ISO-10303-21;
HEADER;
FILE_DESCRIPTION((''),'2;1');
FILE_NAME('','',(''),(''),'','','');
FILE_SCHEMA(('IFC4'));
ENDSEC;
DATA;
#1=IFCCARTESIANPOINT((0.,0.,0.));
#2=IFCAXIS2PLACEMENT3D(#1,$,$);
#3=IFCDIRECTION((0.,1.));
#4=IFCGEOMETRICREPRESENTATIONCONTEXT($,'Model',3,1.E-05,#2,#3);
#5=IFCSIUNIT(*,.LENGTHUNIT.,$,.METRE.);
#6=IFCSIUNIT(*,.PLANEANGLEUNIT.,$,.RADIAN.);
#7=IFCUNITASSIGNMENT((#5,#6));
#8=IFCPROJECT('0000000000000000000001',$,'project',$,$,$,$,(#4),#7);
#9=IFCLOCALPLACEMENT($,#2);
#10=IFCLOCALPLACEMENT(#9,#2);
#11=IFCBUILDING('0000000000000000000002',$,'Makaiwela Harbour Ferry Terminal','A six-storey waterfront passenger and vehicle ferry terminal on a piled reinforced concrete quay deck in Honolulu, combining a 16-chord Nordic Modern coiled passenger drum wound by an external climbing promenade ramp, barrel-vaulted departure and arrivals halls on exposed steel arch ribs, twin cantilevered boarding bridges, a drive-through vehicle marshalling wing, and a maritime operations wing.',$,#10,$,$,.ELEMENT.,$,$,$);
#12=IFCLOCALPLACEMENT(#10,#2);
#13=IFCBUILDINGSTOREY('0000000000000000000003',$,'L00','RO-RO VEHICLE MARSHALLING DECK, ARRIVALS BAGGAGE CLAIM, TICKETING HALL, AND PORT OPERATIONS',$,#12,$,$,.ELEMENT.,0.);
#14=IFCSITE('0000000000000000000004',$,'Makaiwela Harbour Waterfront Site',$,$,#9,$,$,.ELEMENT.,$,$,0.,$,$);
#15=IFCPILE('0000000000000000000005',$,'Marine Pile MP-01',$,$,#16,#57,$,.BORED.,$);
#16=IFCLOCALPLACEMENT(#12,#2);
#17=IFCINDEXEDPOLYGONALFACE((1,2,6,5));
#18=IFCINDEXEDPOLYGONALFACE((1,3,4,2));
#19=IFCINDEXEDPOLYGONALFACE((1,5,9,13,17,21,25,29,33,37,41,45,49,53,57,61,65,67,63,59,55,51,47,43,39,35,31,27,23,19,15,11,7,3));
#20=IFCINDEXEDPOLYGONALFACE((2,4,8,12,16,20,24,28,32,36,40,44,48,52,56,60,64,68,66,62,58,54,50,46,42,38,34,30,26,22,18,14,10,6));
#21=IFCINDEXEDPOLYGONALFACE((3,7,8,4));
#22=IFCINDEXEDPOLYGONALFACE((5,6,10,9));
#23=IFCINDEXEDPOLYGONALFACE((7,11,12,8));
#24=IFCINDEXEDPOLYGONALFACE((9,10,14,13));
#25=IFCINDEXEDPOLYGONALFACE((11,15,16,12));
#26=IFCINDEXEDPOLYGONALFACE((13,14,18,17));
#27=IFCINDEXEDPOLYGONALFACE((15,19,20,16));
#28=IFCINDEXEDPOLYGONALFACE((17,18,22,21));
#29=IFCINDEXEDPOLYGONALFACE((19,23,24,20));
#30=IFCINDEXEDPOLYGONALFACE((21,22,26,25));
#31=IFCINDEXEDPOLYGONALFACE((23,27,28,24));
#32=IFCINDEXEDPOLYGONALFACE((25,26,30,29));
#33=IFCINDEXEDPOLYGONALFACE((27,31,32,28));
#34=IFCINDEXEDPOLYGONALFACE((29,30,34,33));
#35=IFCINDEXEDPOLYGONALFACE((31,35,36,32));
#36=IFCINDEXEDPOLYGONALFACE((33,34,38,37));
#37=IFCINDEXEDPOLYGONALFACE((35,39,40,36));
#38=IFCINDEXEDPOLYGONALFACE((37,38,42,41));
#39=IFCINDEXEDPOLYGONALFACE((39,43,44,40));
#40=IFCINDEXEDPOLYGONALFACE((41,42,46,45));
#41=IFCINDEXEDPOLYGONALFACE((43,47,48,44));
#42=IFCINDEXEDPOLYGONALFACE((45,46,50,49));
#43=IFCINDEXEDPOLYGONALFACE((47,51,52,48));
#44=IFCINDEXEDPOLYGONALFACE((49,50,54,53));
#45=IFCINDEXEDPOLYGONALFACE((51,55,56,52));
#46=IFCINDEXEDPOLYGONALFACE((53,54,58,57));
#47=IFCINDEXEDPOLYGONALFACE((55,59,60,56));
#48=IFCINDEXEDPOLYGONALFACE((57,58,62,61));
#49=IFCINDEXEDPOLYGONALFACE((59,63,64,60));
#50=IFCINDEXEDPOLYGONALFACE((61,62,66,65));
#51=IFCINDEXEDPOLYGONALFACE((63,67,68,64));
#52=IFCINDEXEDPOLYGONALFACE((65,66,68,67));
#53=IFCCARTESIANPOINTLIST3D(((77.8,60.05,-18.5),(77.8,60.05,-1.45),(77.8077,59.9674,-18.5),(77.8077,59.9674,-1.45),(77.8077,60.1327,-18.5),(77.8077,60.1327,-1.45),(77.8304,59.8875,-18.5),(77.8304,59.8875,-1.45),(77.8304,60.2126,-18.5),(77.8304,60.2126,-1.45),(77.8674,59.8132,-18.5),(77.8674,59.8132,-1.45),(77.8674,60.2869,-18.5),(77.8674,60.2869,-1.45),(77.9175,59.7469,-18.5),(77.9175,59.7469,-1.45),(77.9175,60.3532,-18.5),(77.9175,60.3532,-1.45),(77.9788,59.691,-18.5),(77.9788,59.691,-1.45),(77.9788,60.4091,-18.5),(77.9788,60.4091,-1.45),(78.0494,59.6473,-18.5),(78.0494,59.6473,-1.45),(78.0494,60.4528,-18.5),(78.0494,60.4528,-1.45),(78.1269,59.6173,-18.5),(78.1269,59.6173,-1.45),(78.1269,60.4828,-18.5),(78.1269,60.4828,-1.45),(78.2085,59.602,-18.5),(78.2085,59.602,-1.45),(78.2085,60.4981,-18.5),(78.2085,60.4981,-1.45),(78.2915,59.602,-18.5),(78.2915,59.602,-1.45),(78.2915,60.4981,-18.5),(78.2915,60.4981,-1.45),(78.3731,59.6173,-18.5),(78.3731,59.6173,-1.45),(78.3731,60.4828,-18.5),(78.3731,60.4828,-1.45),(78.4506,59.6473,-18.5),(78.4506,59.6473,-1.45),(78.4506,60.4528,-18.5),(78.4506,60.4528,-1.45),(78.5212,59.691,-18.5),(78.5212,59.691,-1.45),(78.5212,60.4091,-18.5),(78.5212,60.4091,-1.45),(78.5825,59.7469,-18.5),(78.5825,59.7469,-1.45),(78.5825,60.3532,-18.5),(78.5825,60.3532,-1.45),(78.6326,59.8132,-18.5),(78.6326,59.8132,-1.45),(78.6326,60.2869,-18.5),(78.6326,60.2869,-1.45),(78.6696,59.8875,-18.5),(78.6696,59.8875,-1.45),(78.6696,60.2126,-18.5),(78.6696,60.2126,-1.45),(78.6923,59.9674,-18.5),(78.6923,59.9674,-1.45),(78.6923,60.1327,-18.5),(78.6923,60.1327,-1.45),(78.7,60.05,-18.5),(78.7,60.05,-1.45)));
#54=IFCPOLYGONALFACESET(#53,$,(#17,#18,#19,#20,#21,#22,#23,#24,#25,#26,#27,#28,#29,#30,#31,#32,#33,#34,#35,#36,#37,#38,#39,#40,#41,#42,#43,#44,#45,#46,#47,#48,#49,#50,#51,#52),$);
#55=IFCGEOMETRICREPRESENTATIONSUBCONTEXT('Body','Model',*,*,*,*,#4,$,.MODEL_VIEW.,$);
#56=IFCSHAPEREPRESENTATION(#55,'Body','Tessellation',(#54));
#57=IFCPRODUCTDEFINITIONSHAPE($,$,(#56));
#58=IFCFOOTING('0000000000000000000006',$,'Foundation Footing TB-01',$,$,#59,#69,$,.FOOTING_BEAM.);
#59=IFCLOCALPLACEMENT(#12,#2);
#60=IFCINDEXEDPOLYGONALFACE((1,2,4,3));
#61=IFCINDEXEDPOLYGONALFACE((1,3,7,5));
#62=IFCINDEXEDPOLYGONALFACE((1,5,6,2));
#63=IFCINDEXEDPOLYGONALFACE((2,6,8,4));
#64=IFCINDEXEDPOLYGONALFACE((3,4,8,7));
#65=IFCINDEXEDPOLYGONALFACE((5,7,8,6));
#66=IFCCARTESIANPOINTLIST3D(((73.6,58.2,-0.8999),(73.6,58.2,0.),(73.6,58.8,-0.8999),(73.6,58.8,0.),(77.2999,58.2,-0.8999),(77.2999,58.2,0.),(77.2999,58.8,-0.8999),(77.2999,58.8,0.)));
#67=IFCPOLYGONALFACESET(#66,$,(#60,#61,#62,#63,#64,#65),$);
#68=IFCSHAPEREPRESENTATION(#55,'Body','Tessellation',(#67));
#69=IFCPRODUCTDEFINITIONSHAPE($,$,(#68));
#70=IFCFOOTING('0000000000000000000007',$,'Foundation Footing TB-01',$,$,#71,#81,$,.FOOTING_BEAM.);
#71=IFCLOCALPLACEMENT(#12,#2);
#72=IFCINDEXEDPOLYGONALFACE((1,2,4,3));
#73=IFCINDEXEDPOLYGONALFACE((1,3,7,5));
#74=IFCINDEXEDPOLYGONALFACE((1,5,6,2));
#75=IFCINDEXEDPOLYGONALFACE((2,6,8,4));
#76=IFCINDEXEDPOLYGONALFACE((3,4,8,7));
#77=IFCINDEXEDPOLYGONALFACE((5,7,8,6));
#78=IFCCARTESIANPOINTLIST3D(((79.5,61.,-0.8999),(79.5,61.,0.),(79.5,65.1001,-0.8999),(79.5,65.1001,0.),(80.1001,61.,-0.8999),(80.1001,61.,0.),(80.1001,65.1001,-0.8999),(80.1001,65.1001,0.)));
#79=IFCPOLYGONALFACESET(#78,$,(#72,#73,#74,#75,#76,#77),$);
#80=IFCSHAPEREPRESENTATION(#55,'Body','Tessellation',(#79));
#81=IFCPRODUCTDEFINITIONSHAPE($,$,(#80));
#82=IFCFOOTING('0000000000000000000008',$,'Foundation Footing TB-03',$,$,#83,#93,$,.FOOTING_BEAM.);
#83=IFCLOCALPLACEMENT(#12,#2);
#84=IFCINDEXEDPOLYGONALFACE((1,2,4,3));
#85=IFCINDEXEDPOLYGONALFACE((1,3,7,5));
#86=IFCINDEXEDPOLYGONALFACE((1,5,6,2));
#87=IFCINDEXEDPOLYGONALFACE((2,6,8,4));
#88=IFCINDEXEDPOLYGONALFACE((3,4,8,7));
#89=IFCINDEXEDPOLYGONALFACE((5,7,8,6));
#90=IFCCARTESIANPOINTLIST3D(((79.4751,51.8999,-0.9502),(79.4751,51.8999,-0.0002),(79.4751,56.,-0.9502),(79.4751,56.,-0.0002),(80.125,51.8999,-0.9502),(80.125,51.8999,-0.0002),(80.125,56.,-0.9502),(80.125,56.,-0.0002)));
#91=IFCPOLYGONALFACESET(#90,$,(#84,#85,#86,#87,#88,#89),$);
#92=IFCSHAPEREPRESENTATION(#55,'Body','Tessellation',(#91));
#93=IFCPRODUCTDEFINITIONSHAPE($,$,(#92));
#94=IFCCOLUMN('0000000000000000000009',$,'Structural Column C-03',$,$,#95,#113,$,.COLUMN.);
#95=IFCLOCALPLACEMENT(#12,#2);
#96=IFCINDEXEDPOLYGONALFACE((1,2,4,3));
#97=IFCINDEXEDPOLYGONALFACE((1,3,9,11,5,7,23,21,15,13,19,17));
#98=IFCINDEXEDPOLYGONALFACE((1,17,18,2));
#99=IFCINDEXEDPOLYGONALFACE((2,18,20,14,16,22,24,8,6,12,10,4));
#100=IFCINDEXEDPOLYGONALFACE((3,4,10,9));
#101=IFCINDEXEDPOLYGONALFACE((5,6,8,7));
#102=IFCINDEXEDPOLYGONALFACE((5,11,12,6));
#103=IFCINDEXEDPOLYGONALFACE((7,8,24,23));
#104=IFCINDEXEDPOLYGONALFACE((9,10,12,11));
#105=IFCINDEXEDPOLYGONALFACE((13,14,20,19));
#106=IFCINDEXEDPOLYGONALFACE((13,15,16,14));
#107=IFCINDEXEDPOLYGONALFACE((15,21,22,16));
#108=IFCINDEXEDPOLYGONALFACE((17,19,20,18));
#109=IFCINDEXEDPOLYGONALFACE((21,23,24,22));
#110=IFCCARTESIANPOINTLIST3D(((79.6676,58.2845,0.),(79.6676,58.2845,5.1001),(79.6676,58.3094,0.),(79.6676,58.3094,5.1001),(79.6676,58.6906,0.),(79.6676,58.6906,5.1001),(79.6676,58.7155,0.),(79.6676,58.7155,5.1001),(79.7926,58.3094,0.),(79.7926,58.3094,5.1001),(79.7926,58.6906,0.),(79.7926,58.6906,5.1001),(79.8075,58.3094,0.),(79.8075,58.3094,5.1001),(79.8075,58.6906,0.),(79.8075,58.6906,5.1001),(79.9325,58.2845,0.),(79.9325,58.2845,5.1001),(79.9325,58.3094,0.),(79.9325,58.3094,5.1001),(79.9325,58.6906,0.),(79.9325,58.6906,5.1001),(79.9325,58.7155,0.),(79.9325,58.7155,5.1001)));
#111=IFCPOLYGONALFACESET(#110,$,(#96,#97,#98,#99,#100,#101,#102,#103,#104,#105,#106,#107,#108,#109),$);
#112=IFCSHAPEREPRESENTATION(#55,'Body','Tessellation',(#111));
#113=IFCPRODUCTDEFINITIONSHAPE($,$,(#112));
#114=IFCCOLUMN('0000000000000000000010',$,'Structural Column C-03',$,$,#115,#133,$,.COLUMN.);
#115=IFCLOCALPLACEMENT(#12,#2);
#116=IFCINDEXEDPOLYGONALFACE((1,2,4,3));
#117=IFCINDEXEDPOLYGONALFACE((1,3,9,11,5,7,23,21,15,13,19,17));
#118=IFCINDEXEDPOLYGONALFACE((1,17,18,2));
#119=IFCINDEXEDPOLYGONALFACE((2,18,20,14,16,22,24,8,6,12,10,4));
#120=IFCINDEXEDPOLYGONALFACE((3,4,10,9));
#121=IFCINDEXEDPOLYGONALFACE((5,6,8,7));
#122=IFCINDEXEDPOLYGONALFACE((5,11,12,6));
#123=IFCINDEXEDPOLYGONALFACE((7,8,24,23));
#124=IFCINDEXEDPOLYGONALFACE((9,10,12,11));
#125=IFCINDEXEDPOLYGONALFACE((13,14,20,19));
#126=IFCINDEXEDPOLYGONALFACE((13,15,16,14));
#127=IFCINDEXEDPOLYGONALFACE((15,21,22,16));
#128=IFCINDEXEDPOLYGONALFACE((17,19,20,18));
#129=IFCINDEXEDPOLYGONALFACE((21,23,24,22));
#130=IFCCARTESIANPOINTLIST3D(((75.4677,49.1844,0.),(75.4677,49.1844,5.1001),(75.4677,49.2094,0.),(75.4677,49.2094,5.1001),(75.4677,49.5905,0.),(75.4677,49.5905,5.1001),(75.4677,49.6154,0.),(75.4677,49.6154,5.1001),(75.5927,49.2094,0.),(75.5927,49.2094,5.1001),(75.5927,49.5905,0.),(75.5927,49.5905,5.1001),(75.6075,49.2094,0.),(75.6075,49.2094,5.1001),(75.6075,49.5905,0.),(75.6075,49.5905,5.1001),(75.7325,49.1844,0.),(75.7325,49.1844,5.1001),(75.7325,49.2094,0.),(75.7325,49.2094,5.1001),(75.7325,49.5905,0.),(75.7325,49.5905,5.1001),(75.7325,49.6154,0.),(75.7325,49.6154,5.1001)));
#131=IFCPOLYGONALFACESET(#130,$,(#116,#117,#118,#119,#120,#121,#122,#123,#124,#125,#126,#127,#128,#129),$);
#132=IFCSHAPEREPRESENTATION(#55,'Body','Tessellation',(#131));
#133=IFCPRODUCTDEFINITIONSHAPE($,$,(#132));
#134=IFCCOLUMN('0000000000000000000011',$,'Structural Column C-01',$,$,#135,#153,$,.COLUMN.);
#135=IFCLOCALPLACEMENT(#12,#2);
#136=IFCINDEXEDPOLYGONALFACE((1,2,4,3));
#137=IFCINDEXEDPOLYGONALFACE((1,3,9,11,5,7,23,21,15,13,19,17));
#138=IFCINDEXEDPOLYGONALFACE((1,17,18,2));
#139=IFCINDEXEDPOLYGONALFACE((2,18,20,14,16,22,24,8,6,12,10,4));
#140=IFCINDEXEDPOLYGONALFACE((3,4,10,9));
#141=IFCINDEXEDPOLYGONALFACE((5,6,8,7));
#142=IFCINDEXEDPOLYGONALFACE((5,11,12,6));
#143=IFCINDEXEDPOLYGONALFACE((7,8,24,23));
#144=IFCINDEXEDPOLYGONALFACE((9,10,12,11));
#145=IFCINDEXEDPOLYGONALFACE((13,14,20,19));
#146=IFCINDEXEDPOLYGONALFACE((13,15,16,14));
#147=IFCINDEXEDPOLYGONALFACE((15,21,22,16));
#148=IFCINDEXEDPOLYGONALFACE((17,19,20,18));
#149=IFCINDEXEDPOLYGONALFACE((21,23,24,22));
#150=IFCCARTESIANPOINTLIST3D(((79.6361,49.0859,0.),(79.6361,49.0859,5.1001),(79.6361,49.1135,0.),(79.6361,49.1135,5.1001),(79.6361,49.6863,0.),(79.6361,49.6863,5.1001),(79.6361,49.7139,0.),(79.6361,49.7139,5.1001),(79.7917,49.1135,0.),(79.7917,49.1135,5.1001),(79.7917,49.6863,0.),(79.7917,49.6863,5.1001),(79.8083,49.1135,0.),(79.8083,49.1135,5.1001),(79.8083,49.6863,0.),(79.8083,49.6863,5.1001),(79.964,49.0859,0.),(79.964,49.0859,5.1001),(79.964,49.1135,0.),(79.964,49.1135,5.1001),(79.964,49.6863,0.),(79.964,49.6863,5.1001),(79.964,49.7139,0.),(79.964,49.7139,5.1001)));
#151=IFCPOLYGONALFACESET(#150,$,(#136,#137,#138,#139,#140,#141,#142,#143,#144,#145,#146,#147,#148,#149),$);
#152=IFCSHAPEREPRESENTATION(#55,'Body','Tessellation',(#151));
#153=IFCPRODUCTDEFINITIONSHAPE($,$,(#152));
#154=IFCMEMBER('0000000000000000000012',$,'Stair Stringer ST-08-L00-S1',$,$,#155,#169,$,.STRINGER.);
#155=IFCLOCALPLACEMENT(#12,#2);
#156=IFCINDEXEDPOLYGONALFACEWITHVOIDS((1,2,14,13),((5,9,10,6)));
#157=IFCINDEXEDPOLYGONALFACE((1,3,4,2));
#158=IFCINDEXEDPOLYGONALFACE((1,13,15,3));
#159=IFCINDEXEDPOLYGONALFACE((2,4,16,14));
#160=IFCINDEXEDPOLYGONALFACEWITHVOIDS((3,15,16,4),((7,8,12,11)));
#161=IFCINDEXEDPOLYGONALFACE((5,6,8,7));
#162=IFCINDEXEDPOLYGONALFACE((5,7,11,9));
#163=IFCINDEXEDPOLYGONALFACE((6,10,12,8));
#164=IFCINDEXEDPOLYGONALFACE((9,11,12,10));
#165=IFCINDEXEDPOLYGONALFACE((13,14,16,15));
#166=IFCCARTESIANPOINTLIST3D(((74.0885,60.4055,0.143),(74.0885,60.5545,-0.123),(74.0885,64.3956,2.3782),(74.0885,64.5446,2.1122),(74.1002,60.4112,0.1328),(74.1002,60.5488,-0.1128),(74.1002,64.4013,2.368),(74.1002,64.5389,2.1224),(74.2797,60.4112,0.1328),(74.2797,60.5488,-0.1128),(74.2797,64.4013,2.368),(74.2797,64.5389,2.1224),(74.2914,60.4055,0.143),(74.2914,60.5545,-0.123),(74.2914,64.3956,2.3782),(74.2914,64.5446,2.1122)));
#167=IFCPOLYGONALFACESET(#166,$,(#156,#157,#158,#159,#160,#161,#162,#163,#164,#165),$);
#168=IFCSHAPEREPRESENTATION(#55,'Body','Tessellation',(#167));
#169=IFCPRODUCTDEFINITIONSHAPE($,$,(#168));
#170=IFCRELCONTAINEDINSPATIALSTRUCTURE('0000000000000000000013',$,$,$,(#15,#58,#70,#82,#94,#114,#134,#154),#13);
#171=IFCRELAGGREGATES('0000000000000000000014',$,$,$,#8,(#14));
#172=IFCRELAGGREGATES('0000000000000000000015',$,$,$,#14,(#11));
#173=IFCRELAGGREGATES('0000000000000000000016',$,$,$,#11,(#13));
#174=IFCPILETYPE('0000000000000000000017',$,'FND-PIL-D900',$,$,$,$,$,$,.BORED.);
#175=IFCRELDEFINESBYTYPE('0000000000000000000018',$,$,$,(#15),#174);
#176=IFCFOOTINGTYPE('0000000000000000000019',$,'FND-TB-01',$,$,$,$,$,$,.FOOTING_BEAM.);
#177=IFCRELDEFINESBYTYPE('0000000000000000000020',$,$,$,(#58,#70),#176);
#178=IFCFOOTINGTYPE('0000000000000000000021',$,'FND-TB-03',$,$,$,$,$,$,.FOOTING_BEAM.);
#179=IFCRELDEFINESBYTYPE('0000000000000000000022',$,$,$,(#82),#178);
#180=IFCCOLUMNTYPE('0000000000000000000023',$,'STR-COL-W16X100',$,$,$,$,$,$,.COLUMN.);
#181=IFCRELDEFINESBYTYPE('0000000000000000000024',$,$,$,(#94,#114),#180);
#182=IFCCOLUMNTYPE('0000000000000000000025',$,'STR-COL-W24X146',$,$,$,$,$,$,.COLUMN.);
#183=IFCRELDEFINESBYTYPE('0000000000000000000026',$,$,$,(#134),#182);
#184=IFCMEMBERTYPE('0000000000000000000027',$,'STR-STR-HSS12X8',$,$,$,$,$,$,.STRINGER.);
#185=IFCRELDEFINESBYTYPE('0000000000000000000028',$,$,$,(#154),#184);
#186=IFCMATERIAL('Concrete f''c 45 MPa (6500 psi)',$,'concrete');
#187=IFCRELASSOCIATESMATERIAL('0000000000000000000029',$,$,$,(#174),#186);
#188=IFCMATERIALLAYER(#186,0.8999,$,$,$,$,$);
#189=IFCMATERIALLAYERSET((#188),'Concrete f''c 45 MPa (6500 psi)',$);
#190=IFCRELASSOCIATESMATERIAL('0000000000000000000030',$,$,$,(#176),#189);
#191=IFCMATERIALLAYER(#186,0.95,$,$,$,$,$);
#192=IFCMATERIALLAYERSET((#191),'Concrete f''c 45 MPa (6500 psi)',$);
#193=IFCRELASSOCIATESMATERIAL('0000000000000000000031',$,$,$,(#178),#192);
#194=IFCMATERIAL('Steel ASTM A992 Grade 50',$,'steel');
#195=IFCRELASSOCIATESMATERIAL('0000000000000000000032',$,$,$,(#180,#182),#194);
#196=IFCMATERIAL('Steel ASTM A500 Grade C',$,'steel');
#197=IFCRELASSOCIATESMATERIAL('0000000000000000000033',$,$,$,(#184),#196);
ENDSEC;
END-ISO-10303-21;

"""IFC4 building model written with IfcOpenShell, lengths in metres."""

from ifc_helpers import new_model, si_unit, direction, frame, origin, origin_2d, place, context, subcontext, project, spatial, rectangle, hollow_rectangle, circle, i_section, extrude, material, layer, layer_set, material_profile, profile_set, type_object, element, save


model = new_model("IFC4")

# Units and contexts
model_context = context("Model", 3, precision=1e-05, world=origin(), true_north=direction((0.0, 1.0)))
body_context = subcontext(model_context, "Body", "Model", "MODEL_VIEW")
ifc_project = project(units=[si_unit("LENGTHUNIT", "METRE"), si_unit("PLANEANGLEUNIT", "RADIAN")], contexts=[model_context])

# Site, building, storey
site_placement = place(None, origin())
site = spatial("IfcSite", under=ifc_project, at=site_placement, Name="Makaiwela Harbour Waterfront Site", CompositionType="ELEMENT", RefElevation=0.0)
building_placement = place(site_placement, origin())
building = spatial("IfcBuilding", under=site, at=building_placement, Name="Makaiwela Harbour Ferry Terminal", Description="A six-storey waterfront passenger and vehicle ferry terminal on a piled reinforced concrete quay deck in Honolulu, combining a 16-chord Nordic Modern coiled passenger drum wound by an external climbing promenade ramp, barrel-vaulted departure and arrivals halls on exposed steel arch ribs, twin cantilevered boarding bridges, a drive-through vehicle marshalling wing, and a maritime operations wing.", CompositionType="ELEMENT")
storey_placement = place(building_placement, origin())
storey = spatial("IfcBuildingStorey", under=building, at=storey_placement, Name="L00", Description="RO-RO VEHICLE MARSHALLING DECK, ARRIVALS BAGGAGE CLAIM, TICKETING HALL, AND PORT OPERATIONS", CompositionType="ELEMENT", Elevation=0.0)

# Shared definitions
ifc_material_1 = material(Name="Concrete f'c 45 MPa (6500 psi)", Category="concrete")

# Pile
ifc_material_profile_1 = material_profile(ifc_material_1, circle(Radius=0.45, at=origin_2d()), Name="PILE-D900")
ifc_profile_set_1 = profile_set([ifc_material_profile_1], Name="Concrete f'c 45 MPa (6500 psi)")
pile_type = type_object("IfcPileType", Name="FND-PIL-D900", PredefinedType="BORED", material=ifc_profile_set_1)
for number, where, z_axis, x_axis, name in (
    (1, (78.25, 60.05, -1.45), (0.0, 0.0, -1.0), (1.0, 0.0, 0.0), "Marine Pile MP-01"),
):
    element("IfcPile", number, at=place(storey_placement, frame(where, z_axis=z_axis, x_axis=x_axis)), inside=storey, type_object=pile_type, Name=name, PredefinedType="BORED", context=body_context, shape_type="SweptSolid", body=[
        extrude(circle(Radius=0.45, at=origin_2d()), origin(), (0.0, 0.0, 1.0), 17.05),
    ])

# Footings
ifc_layer_1 = layer(ifc_material_1, 0.8999)
ifc_layer_set_1 = layer_set([ifc_layer_1], Name="Concrete f'c 45 MPa (6500 psi)")
footing_type_1 = type_object("IfcFootingType", Name="FND-TB-01", PredefinedType="FOOTING_BEAM", material=ifc_layer_set_1)
footing_1_placement = place(storey_placement, frame((75.45, 58.5, -0.8999), z_axis=(0.0, 0.0, 1.0), x_axis=(1.0, 0.0, 0.0)))
element("IfcFooting", 2, at=footing_1_placement, inside=storey, type_object=footing_type_1, Name="Foundation Footing TB-01", PredefinedType="FOOTING_BEAM", context=body_context, shape_type="SweptSolid", body=[
    extrude(rectangle(XDim=3.7, YDim=0.6001, at=origin_2d()), origin(), (0.0, 0.0, 1.0), 0.8999),
])
footing_2_placement = place(storey_placement, frame((79.8, 63.05, -0.8999), z_axis=(0.0, 0.0, 1.0), x_axis=(0.0, 1.0, 0.0)))
element("IfcFooting", 3, at=footing_2_placement, inside=storey, type_object=footing_type_1, Name="Foundation Footing TB-01", PredefinedType="FOOTING_BEAM", context=body_context, shape_type="SweptSolid", body=[
    extrude(rectangle(XDim=4.1001, YDim=0.6001, at=origin_2d()), origin(), (0.0, 0.0, 1.0), 0.8999),
])
ifc_layer_2 = layer(ifc_material_1, 0.95)
ifc_layer_set_2 = layer_set([ifc_layer_2], Name="Concrete f'c 45 MPa (6500 psi)")
footing_type_2 = type_object("IfcFootingType", Name="FND-TB-03", PredefinedType="FOOTING_BEAM", material=ifc_layer_set_2)
footing_3_placement = place(storey_placement, frame((79.8, 53.95, -0.9502), z_axis=(0.0, 0.0, 1.0), x_axis=(0.0, 1.0, 0.0)))
element("IfcFooting", 4, at=footing_3_placement, inside=storey, type_object=footing_type_2, Name="Foundation Footing TB-03", PredefinedType="FOOTING_BEAM", context=body_context, shape_type="SweptSolid", body=[
    extrude(rectangle(XDim=4.1001, YDim=0.6499, at=origin_2d()), origin(), (0.0, 0.0, 1.0), 0.95),
])

# Columns
ifc_material_2 = material(Name="Steel ASTM A992 Grade 50", Category="steel")
ifc_material_profile_2 = material_profile(ifc_material_2, i_section(OverallWidth=0.2649, OverallDepth=0.4309, WebThickness=0.0149, FlangeThickness=0.0249, at=origin_2d()), Name="W16X100")
ifc_profile_set_2 = profile_set([ifc_material_profile_2], Name="Steel ASTM A992 Grade 50")
column_type_1 = type_object("IfcColumnType", Name="STR-COL-W16X100", PredefinedType="COLUMN", material=ifc_profile_set_2)
for number, where, z_axis, x_axis, name in (
    (5, (79.8, 58.5, 0.0), (0.0, 0.0, 1.0), (1.0, 0.0, 0.0), "Structural Column C-03"),
    (6, (75.6001, 49.3999, 0.0), (0.0, 0.0, 1.0), (1.0, 0.0, 0.0), "Structural Column C-03"),
):
    element("IfcColumn", number, at=place(storey_placement, frame(where, z_axis=z_axis, x_axis=x_axis)), inside=storey, type_object=column_type_1, Name=name, PredefinedType="COLUMN", context=body_context, shape_type="SweptSolid", body=[
        extrude(i_section(OverallWidth=0.2649, OverallDepth=0.4309, WebThickness=0.0149, FlangeThickness=0.0249, at=origin_2d()), origin(), (0.0, 0.0, 1.0), 5.1001),
    ])
ifc_material_profile_3 = material_profile(ifc_material_2, i_section(OverallWidth=0.3279, OverallDepth=0.6279, WebThickness=0.0166, FlangeThickness=0.0276, at=origin_2d()), Name="W24X146")
ifc_profile_set_3 = profile_set([ifc_material_profile_3], Name="Steel ASTM A992 Grade 50")
column_type_2 = type_object("IfcColumnType", Name="STR-COL-W24X146", PredefinedType="COLUMN", material=ifc_profile_set_3)
column_placement = place(storey_placement, frame((79.8, 49.3999, 0.0), z_axis=(0.0, 0.0, 1.0), x_axis=(1.0, 0.0, 0.0)))
element("IfcColumn", 7, at=column_placement, inside=storey, type_object=column_type_2, Name="Structural Column C-01", PredefinedType="COLUMN", context=body_context, shape_type="SweptSolid", body=[
    extrude(i_section(OverallWidth=0.3279, OverallDepth=0.6279, WebThickness=0.0166, FlangeThickness=0.0276, at=origin_2d()), origin(), (0.0, 0.0, 1.0), 5.1001),
])

# Member
ifc_material_3 = material(Name="Steel ASTM A500 Grade C", Category="steel")
ifc_material_profile_4 = material_profile(ifc_material_3, hollow_rectangle(XDim=0.2029, YDim=0.3049, WallThickness=0.0117, at=origin_2d()), Name="HSS12X8X1/2")
ifc_profile_set_4 = profile_set([ifc_material_profile_4], Name="Steel ASTM A500 Grade C")
member_type = type_object("IfcMemberType", Name="STR-STR-HSS12X8", PredefinedType="STRINGER", material=ifc_profile_set_4)
member_placement = place(storey_placement, frame((74.1899, 60.48, 0.01), z_axis=(0.0, 0.87244, 0.488722), x_axis=(-1.0, 0.0, 0.0)))
element("IfcMember", 8, at=member_placement, inside=storey, type_object=member_type, Name="Stair Stringer ST-08-L00-S1", PredefinedType="STRINGER", context=body_context, shape_type="SweptSolid", body=[
    extrude(hollow_rectangle(XDim=0.2029, YDim=0.3049, WallThickness=0.0117, at=origin_2d()), origin(), (0.0, 0.0, 1.0), 4.5735),
])

save(model, "model.ifc")
